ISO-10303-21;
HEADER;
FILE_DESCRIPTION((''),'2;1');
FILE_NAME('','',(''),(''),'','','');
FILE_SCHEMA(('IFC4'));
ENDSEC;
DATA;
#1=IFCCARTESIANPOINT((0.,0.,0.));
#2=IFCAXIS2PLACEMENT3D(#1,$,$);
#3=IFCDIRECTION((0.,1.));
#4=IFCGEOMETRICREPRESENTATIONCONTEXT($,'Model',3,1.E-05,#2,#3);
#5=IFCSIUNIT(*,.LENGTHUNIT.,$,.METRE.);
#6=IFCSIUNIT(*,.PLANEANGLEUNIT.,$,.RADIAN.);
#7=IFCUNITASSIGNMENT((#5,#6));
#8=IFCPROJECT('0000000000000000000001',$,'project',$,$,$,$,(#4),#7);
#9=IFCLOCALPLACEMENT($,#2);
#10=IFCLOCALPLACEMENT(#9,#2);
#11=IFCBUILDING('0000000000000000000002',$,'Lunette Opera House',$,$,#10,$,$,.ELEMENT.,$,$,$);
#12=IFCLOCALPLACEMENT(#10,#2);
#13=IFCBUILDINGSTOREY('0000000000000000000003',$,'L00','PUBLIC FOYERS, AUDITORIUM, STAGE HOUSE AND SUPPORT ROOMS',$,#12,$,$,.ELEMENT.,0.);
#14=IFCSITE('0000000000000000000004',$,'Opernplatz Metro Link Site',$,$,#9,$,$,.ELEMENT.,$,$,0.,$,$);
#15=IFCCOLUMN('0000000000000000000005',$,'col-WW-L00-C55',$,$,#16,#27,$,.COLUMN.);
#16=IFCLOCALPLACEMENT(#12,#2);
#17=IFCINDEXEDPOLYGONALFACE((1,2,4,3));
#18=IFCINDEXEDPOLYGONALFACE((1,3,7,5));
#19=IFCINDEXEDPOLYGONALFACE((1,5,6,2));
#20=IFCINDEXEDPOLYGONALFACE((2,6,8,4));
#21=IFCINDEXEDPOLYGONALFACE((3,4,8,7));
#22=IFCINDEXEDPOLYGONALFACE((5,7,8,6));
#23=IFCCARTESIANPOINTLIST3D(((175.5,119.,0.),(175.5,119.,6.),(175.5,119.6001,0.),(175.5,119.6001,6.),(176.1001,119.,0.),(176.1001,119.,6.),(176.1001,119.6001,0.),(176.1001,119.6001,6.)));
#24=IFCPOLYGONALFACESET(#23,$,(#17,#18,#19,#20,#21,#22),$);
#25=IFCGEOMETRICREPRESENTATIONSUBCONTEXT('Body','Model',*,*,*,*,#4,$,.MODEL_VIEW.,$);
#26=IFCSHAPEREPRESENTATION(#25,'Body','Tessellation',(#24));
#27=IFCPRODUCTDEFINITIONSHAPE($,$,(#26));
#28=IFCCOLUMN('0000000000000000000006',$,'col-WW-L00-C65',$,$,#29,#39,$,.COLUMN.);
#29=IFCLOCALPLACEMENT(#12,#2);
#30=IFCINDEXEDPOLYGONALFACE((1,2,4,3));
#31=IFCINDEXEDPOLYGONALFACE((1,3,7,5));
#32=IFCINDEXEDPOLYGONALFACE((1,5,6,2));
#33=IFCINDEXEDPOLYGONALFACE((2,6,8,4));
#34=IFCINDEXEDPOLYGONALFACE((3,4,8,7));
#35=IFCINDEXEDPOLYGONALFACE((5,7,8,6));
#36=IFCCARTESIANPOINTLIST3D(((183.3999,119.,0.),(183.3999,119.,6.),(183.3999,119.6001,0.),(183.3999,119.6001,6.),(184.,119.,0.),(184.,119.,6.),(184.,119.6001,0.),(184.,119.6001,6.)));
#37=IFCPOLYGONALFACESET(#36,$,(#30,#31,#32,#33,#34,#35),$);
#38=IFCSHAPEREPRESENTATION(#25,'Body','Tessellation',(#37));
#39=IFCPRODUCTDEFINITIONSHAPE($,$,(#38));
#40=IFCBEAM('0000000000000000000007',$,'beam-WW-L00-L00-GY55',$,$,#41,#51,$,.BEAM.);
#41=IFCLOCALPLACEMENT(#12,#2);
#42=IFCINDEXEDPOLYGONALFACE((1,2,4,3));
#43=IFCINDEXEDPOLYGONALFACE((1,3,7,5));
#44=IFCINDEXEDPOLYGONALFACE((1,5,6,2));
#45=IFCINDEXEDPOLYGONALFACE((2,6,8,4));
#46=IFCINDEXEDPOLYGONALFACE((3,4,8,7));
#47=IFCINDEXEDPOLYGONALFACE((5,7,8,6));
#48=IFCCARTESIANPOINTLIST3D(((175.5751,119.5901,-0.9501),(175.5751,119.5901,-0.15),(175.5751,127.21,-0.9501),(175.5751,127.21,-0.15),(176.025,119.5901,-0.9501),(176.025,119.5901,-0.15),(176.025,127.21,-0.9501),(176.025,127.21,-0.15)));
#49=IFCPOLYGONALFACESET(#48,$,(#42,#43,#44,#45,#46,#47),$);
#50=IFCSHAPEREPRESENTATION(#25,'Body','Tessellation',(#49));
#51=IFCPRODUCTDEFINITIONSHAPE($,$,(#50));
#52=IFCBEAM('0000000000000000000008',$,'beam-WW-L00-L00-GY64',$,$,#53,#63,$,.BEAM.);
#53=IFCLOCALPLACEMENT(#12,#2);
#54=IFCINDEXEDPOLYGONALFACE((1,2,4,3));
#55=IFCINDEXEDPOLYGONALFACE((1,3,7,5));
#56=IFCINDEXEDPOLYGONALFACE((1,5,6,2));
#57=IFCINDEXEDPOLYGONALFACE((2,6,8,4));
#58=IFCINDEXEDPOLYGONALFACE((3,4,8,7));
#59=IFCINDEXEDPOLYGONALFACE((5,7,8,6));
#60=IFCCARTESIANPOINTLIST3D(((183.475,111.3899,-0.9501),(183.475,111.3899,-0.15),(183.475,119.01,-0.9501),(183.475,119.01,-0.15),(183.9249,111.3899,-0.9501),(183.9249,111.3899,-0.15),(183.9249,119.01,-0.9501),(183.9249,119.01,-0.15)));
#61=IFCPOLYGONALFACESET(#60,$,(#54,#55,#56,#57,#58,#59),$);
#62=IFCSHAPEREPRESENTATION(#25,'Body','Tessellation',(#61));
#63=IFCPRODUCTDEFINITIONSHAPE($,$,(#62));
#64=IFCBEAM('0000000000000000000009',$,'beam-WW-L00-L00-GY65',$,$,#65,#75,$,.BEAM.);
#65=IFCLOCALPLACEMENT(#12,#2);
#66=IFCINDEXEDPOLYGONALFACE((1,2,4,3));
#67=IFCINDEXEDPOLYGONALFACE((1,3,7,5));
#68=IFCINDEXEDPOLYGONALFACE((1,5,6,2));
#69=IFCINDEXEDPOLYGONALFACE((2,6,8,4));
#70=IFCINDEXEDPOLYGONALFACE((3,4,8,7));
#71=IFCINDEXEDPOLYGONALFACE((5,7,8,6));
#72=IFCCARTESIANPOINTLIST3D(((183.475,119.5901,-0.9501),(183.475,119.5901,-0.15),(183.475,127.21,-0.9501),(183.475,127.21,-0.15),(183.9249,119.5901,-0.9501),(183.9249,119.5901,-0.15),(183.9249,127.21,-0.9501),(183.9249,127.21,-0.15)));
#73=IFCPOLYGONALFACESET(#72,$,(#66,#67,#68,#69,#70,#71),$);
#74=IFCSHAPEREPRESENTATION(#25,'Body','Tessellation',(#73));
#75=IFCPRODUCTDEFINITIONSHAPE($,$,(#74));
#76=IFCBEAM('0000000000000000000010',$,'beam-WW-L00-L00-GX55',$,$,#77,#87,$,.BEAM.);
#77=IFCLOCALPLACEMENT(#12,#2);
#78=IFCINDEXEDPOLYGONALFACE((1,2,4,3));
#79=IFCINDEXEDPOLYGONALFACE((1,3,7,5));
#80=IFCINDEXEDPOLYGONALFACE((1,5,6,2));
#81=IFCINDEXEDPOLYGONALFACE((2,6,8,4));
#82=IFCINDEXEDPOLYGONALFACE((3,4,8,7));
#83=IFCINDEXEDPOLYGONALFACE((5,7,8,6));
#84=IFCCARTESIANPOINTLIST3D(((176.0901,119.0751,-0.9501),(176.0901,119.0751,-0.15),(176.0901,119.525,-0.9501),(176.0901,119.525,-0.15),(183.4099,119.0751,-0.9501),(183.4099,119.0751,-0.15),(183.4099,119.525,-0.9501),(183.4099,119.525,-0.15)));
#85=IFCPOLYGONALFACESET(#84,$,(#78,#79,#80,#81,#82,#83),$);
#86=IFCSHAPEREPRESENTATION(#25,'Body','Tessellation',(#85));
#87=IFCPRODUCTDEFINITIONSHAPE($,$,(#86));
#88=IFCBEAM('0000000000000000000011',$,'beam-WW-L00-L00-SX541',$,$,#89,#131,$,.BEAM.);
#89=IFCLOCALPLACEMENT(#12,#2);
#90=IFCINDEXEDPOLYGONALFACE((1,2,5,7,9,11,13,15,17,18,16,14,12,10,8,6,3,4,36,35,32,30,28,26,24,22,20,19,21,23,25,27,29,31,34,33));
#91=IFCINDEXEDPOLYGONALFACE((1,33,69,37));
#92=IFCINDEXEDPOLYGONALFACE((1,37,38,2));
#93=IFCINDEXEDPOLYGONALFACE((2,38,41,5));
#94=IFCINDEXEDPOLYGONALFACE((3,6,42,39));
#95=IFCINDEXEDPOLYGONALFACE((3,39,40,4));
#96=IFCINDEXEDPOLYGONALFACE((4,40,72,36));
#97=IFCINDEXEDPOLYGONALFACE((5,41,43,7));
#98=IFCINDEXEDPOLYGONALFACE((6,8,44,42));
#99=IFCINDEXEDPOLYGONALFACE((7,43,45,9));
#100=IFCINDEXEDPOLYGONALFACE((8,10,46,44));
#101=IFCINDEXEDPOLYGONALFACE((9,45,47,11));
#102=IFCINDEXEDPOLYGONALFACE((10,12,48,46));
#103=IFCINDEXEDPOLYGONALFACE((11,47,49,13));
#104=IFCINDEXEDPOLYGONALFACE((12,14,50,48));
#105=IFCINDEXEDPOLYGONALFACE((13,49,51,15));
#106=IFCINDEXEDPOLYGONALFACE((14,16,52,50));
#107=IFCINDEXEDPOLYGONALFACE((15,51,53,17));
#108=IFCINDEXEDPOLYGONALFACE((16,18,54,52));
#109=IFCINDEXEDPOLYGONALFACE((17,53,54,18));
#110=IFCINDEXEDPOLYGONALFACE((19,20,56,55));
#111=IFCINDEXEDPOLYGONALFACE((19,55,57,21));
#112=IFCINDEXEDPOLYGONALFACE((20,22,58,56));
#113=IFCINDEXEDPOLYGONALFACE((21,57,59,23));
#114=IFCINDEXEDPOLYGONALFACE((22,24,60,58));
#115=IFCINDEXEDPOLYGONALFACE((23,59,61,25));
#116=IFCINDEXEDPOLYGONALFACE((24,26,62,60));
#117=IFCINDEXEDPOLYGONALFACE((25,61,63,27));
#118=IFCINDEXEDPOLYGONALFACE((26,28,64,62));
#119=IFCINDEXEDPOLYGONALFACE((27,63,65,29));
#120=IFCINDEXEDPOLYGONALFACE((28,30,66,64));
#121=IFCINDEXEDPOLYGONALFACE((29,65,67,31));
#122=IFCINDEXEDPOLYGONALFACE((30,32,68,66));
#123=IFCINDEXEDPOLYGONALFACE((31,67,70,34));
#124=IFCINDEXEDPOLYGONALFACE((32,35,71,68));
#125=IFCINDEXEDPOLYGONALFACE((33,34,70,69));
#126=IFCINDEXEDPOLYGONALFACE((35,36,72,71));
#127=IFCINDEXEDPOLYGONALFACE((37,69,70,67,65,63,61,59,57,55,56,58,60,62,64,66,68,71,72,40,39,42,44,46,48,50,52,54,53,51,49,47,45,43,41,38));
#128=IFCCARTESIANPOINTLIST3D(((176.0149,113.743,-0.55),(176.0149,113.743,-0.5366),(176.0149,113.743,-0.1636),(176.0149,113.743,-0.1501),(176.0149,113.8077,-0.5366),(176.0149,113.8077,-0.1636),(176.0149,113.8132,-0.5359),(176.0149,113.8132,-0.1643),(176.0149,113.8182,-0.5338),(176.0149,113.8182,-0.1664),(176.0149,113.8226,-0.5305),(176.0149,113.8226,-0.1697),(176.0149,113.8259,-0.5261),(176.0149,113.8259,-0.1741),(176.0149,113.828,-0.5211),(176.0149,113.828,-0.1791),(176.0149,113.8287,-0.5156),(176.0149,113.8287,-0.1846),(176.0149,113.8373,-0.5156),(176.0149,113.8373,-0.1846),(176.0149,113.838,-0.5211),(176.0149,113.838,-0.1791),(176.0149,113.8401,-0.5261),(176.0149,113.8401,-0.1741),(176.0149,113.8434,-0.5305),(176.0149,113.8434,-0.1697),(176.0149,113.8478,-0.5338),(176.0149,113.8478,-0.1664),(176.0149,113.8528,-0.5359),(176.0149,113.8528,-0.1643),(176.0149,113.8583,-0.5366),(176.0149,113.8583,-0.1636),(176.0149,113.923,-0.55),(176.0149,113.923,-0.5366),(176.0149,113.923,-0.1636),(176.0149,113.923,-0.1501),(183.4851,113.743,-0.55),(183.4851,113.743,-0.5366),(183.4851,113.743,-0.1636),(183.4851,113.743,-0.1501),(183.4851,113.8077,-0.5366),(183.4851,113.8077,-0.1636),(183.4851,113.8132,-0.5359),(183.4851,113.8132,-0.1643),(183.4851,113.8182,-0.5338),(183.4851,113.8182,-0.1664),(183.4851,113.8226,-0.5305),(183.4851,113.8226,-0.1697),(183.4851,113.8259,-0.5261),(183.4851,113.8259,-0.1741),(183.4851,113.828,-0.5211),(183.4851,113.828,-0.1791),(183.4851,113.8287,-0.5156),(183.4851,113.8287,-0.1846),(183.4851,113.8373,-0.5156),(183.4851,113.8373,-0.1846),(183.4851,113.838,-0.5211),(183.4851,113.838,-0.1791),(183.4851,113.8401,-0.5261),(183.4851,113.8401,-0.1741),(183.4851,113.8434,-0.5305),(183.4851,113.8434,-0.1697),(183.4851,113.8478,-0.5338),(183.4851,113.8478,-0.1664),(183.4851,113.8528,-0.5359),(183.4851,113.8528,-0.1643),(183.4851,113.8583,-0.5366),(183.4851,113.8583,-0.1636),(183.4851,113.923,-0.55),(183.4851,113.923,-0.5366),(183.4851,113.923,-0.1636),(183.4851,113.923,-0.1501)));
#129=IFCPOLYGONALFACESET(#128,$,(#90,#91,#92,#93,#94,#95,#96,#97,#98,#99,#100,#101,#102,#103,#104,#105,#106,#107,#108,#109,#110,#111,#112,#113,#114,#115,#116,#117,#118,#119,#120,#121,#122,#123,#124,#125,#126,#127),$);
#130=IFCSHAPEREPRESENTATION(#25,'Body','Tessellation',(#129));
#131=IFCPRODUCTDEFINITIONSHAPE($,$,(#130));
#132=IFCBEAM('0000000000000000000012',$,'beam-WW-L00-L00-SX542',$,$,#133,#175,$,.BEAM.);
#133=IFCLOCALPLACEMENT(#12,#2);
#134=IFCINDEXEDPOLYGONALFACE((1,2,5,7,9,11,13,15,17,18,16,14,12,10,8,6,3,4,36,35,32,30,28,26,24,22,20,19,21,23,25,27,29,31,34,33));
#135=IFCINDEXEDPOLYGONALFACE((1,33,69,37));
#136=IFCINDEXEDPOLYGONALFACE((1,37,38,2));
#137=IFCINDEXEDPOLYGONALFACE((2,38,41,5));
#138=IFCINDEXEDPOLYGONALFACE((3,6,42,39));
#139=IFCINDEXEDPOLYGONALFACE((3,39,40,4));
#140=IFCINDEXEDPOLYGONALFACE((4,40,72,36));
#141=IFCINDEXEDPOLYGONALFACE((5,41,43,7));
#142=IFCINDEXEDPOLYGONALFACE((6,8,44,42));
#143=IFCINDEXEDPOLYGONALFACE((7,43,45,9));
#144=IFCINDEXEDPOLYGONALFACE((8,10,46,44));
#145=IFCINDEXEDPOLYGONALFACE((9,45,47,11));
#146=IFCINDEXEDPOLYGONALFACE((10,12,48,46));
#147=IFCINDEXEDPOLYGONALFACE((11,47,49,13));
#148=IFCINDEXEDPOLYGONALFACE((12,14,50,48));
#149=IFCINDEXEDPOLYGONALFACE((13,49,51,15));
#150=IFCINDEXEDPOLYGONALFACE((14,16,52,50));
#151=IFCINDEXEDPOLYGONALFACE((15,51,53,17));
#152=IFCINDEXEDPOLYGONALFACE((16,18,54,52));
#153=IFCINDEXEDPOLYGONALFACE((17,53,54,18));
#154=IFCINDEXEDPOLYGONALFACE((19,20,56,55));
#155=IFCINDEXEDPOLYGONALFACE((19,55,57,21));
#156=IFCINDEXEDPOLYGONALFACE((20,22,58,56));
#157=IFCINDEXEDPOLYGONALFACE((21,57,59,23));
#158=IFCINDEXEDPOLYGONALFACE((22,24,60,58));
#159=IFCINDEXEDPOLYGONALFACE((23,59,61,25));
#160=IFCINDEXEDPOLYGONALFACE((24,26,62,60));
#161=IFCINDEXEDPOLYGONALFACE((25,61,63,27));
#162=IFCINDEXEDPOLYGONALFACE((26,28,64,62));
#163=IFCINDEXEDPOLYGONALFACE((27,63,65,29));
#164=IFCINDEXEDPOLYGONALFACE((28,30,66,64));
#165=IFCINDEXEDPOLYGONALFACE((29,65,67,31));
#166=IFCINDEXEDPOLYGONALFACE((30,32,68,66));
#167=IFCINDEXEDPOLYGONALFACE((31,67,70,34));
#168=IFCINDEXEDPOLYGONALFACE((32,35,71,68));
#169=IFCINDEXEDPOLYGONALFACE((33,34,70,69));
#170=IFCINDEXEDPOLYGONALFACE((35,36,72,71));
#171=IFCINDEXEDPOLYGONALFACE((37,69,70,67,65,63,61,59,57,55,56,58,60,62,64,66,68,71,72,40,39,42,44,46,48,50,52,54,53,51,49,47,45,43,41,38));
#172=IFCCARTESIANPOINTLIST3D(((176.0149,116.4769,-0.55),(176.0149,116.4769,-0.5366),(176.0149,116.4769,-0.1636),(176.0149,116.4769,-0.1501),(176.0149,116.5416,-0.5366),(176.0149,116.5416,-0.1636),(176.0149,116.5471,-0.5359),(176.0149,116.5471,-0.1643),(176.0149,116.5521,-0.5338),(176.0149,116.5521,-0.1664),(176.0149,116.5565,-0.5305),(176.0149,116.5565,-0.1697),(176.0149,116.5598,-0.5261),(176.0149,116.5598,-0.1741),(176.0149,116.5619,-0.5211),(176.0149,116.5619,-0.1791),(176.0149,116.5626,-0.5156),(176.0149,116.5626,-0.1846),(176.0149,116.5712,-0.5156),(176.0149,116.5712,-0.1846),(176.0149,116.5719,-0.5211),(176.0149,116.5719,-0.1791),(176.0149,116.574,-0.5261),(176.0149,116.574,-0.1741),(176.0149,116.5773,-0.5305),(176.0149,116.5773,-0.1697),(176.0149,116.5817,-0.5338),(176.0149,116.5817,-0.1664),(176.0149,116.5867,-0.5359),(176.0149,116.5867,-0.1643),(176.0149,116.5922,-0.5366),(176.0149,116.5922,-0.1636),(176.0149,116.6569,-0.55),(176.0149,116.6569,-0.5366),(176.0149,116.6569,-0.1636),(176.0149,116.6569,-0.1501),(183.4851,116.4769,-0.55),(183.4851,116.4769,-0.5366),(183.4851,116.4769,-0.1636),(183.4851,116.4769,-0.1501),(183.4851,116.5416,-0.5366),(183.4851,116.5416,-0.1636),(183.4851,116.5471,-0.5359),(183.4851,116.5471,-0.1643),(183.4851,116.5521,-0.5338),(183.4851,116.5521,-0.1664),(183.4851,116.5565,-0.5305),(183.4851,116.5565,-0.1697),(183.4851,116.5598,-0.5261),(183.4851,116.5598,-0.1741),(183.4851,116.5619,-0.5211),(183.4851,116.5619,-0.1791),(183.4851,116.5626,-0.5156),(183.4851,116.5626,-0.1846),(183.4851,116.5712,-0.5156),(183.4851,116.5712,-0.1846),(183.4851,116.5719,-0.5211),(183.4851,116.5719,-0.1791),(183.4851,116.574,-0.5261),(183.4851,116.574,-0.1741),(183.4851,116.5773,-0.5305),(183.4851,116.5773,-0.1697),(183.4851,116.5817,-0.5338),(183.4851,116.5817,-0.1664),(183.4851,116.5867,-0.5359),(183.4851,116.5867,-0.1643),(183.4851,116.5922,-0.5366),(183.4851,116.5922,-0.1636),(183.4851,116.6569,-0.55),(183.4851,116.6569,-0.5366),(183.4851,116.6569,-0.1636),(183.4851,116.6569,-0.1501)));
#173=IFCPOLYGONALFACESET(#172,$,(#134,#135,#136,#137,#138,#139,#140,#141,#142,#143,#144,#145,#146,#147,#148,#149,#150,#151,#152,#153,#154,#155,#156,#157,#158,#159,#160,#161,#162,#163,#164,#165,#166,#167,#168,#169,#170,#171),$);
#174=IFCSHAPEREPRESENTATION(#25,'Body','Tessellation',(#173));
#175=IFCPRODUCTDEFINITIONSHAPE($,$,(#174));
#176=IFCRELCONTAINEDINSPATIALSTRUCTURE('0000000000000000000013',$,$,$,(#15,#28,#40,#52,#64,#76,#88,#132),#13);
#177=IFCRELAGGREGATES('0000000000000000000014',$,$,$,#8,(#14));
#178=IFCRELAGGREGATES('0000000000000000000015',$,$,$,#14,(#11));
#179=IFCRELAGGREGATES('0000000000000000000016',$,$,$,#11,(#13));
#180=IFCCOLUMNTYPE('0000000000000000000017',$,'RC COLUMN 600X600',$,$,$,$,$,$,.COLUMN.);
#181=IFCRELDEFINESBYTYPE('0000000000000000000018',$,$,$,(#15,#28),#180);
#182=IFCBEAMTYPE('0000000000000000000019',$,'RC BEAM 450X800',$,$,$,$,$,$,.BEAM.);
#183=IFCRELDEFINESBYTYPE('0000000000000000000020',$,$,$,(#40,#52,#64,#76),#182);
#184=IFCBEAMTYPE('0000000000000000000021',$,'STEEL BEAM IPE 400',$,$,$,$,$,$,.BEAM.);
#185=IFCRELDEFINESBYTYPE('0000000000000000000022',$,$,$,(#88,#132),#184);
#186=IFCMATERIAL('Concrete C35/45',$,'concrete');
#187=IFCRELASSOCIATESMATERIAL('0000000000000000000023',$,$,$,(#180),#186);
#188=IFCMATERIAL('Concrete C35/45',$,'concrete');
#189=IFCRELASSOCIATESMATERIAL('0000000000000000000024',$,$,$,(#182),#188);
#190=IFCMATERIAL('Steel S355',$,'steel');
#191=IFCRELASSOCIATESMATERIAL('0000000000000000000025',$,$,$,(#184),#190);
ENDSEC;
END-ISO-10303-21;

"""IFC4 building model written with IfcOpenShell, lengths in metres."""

from ifc_helpers import new_model, si_unit, direction, frame, origin, origin_2d, place, context, subcontext, project, spatial, rectangle, i_section, extrude, material, material_profile, profile_set, type_object, element, save


model = new_model("IFC4")

# Units and contexts
model_context = context("Model", 3, precision=1e-05, world=origin(), true_north=direction((0.0, 1.0)))
body_context = subcontext(model_context, "Body", "Model", "MODEL_VIEW")
ifc_project = project(units=[si_unit("LENGTHUNIT", "METRE"), si_unit("PLANEANGLEUNIT", "RADIAN")], contexts=[model_context])

# Site, building, storey
site_placement = place(None, origin())
site = spatial("IfcSite", under=ifc_project, at=site_placement, Name="Opernplatz Metro Link Site", CompositionType="ELEMENT", RefElevation=0.0)
building_placement = place(site_placement, origin())
building = spatial("IfcBuilding", under=site, at=building_placement, Name="Lunette Opera House", CompositionType="ELEMENT")
storey_placement = place(building_placement, origin())
storey = spatial("IfcBuildingStorey", under=building, at=storey_placement, Name="L00", Description="PUBLIC FOYERS, AUDITORIUM, STAGE HOUSE AND SUPPORT ROOMS", CompositionType="ELEMENT", Elevation=0.0)

# Columns
ifc_material_1 = material(Name="Concrete C35/45", Category="concrete")
ifc_material_profile_1 = material_profile(ifc_material_1, rectangle(XDim=0.6001, YDim=0.6001, at=origin_2d()), Name="RC COLUMN 600X600")
ifc_profile_set_1 = profile_set([ifc_material_profile_1], Name="Concrete C35/45")
column_type = type_object("IfcColumnType", Name="RC COLUMN 600X600", PredefinedType="COLUMN", material=ifc_profile_set_1)
for number, where, z_axis, x_axis, name in (
    (1, (175.8, 119.3, 0.0), (0.0, 0.0, 1.0), (1.0, 0.0, 0.0), "col-WW-L00-C55"),
    (2, (183.7, 119.3, 0.0), (0.0, 0.0, 1.0), (1.0, 0.0, 0.0), "col-WW-L00-C65"),
):
    element("IfcColumn", number, at=place(storey_placement, frame(where, z_axis=z_axis, x_axis=x_axis)), inside=storey, type_object=column_type, Name=name, PredefinedType="COLUMN", context=body_context, shape_type="SweptSolid", body=[
        extrude(rectangle(XDim=0.6001, YDim=0.6001, at=origin_2d()), origin(), (0.0, 0.0, 1.0), 6.0),
    ])

# Beams
ifc_material_2 = material(Name="Concrete C35/45", Category="concrete")
ifc_material_profile_2 = material_profile(ifc_material_2, rectangle(XDim=0.45, YDim=0.8, at=origin_2d()), Name="RC BEAM 450X800")
ifc_profile_set_2 = profile_set([ifc_material_profile_2], Name="Concrete C35/45")
beam_type_1 = type_object("IfcBeamType", Name="RC BEAM 450X800", PredefinedType="BEAM", material=ifc_profile_set_2)
beam_1_placement = place(storey_placement, frame((175.8, 119.5901, -0.55), z_axis=(0.0, 1.0, 0.0), x_axis=(-1.0, 0.0, 0.0)))
element("IfcBeam", 3, at=beam_1_placement, inside=storey, type_object=beam_type_1, Name="beam-WW-L00-L00-GY55", PredefinedType="BEAM", context=body_context, shape_type="SweptSolid", body=[
    extrude(rectangle(XDim=0.45, YDim=0.8, at=origin_2d()), origin(), (0.0, 0.0, 1.0), 7.6199),
])
beam_2_placement = place(storey_placement, frame((183.7, 111.3899, -0.55), z_axis=(0.0, 1.0, 0.0), x_axis=(-1.0, 0.0, 0.0)))
element("IfcBeam", 4, at=beam_2_placement, inside=storey, type_object=beam_type_1, Name="beam-WW-L00-L00-GY64", PredefinedType="BEAM", context=body_context, shape_type="SweptSolid", body=[
    extrude(rectangle(XDim=0.45, YDim=0.8, at=origin_2d()), origin(), (0.0, 0.0, 1.0), 7.6201),
])
beam_3_placement = place(storey_placement, frame((183.7, 119.5901, -0.55), z_axis=(0.0, 1.0, 0.0), x_axis=(-1.0, 0.0, 0.0)))
element("IfcBeam", 5, at=beam_3_placement, inside=storey, type_object=beam_type_1, Name="beam-WW-L00-L00-GY65", PredefinedType="BEAM", context=body_context, shape_type="SweptSolid", body=[
    extrude(rectangle(XDim=0.45, YDim=0.8, at=origin_2d()), origin(), (0.0, 0.0, 1.0), 7.6199),
])
beam_4_placement = place(storey_placement, frame((176.0901, 119.3, -0.55), z_axis=(1.0, 0.0, 0.0), x_axis=(0.0, 1.0, 0.0)))
element("IfcBeam", 6, at=beam_4_placement, inside=storey, type_object=beam_type_1, Name="beam-WW-L00-L00-GX55", PredefinedType="BEAM", context=body_context, shape_type="SweptSolid", body=[
    extrude(rectangle(XDim=0.45, YDim=0.8, at=origin_2d()), origin(), (0.0, 0.0, 1.0), 7.3198),
])
ifc_material_3 = material(Name="Steel S355", Category="steel")
ifc_material_profile_3 = material_profile(ifc_material_3, i_section(OverallWidth=0.1799, OverallDepth=0.3999, WebThickness=0.0085, FlangeThickness=0.0134, FilletRadius=0.021, at=origin_2d()), Name="IPE 400")
ifc_profile_set_3 = profile_set([ifc_material_profile_3], Name="Steel S355")
beam_type_2 = type_object("IfcBeamType", Name="STEEL BEAM IPE 400", PredefinedType="BEAM", material=ifc_profile_set_3)
for number, where, z_axis, x_axis, name in (
    (7, (176.0149, 113.833, -0.3501), (1.0, 0.0, 0.0), (0.0, 1.0, 0.0), "beam-WW-L00-L00-SX541"),
    (8, (176.0149, 116.5669, -0.3501), (1.0, 0.0, 0.0), (0.0, 1.0, 0.0), "beam-WW-L00-L00-SX542"),
):
    element("IfcBeam", number, at=place(storey_placement, frame(where, z_axis=z_axis, x_axis=x_axis)), inside=storey, type_object=beam_type_2, Name=name, PredefinedType="BEAM", context=body_context, shape_type="SweptSolid", body=[
        extrude(i_section(OverallWidth=0.1799, OverallDepth=0.3999, WebThickness=0.0085, FlangeThickness=0.0134, FilletRadius=0.021, at=origin_2d()), origin(), (0.0, 0.0, 1.0), 7.4702),
    ])

save(model, "model.ifc")
